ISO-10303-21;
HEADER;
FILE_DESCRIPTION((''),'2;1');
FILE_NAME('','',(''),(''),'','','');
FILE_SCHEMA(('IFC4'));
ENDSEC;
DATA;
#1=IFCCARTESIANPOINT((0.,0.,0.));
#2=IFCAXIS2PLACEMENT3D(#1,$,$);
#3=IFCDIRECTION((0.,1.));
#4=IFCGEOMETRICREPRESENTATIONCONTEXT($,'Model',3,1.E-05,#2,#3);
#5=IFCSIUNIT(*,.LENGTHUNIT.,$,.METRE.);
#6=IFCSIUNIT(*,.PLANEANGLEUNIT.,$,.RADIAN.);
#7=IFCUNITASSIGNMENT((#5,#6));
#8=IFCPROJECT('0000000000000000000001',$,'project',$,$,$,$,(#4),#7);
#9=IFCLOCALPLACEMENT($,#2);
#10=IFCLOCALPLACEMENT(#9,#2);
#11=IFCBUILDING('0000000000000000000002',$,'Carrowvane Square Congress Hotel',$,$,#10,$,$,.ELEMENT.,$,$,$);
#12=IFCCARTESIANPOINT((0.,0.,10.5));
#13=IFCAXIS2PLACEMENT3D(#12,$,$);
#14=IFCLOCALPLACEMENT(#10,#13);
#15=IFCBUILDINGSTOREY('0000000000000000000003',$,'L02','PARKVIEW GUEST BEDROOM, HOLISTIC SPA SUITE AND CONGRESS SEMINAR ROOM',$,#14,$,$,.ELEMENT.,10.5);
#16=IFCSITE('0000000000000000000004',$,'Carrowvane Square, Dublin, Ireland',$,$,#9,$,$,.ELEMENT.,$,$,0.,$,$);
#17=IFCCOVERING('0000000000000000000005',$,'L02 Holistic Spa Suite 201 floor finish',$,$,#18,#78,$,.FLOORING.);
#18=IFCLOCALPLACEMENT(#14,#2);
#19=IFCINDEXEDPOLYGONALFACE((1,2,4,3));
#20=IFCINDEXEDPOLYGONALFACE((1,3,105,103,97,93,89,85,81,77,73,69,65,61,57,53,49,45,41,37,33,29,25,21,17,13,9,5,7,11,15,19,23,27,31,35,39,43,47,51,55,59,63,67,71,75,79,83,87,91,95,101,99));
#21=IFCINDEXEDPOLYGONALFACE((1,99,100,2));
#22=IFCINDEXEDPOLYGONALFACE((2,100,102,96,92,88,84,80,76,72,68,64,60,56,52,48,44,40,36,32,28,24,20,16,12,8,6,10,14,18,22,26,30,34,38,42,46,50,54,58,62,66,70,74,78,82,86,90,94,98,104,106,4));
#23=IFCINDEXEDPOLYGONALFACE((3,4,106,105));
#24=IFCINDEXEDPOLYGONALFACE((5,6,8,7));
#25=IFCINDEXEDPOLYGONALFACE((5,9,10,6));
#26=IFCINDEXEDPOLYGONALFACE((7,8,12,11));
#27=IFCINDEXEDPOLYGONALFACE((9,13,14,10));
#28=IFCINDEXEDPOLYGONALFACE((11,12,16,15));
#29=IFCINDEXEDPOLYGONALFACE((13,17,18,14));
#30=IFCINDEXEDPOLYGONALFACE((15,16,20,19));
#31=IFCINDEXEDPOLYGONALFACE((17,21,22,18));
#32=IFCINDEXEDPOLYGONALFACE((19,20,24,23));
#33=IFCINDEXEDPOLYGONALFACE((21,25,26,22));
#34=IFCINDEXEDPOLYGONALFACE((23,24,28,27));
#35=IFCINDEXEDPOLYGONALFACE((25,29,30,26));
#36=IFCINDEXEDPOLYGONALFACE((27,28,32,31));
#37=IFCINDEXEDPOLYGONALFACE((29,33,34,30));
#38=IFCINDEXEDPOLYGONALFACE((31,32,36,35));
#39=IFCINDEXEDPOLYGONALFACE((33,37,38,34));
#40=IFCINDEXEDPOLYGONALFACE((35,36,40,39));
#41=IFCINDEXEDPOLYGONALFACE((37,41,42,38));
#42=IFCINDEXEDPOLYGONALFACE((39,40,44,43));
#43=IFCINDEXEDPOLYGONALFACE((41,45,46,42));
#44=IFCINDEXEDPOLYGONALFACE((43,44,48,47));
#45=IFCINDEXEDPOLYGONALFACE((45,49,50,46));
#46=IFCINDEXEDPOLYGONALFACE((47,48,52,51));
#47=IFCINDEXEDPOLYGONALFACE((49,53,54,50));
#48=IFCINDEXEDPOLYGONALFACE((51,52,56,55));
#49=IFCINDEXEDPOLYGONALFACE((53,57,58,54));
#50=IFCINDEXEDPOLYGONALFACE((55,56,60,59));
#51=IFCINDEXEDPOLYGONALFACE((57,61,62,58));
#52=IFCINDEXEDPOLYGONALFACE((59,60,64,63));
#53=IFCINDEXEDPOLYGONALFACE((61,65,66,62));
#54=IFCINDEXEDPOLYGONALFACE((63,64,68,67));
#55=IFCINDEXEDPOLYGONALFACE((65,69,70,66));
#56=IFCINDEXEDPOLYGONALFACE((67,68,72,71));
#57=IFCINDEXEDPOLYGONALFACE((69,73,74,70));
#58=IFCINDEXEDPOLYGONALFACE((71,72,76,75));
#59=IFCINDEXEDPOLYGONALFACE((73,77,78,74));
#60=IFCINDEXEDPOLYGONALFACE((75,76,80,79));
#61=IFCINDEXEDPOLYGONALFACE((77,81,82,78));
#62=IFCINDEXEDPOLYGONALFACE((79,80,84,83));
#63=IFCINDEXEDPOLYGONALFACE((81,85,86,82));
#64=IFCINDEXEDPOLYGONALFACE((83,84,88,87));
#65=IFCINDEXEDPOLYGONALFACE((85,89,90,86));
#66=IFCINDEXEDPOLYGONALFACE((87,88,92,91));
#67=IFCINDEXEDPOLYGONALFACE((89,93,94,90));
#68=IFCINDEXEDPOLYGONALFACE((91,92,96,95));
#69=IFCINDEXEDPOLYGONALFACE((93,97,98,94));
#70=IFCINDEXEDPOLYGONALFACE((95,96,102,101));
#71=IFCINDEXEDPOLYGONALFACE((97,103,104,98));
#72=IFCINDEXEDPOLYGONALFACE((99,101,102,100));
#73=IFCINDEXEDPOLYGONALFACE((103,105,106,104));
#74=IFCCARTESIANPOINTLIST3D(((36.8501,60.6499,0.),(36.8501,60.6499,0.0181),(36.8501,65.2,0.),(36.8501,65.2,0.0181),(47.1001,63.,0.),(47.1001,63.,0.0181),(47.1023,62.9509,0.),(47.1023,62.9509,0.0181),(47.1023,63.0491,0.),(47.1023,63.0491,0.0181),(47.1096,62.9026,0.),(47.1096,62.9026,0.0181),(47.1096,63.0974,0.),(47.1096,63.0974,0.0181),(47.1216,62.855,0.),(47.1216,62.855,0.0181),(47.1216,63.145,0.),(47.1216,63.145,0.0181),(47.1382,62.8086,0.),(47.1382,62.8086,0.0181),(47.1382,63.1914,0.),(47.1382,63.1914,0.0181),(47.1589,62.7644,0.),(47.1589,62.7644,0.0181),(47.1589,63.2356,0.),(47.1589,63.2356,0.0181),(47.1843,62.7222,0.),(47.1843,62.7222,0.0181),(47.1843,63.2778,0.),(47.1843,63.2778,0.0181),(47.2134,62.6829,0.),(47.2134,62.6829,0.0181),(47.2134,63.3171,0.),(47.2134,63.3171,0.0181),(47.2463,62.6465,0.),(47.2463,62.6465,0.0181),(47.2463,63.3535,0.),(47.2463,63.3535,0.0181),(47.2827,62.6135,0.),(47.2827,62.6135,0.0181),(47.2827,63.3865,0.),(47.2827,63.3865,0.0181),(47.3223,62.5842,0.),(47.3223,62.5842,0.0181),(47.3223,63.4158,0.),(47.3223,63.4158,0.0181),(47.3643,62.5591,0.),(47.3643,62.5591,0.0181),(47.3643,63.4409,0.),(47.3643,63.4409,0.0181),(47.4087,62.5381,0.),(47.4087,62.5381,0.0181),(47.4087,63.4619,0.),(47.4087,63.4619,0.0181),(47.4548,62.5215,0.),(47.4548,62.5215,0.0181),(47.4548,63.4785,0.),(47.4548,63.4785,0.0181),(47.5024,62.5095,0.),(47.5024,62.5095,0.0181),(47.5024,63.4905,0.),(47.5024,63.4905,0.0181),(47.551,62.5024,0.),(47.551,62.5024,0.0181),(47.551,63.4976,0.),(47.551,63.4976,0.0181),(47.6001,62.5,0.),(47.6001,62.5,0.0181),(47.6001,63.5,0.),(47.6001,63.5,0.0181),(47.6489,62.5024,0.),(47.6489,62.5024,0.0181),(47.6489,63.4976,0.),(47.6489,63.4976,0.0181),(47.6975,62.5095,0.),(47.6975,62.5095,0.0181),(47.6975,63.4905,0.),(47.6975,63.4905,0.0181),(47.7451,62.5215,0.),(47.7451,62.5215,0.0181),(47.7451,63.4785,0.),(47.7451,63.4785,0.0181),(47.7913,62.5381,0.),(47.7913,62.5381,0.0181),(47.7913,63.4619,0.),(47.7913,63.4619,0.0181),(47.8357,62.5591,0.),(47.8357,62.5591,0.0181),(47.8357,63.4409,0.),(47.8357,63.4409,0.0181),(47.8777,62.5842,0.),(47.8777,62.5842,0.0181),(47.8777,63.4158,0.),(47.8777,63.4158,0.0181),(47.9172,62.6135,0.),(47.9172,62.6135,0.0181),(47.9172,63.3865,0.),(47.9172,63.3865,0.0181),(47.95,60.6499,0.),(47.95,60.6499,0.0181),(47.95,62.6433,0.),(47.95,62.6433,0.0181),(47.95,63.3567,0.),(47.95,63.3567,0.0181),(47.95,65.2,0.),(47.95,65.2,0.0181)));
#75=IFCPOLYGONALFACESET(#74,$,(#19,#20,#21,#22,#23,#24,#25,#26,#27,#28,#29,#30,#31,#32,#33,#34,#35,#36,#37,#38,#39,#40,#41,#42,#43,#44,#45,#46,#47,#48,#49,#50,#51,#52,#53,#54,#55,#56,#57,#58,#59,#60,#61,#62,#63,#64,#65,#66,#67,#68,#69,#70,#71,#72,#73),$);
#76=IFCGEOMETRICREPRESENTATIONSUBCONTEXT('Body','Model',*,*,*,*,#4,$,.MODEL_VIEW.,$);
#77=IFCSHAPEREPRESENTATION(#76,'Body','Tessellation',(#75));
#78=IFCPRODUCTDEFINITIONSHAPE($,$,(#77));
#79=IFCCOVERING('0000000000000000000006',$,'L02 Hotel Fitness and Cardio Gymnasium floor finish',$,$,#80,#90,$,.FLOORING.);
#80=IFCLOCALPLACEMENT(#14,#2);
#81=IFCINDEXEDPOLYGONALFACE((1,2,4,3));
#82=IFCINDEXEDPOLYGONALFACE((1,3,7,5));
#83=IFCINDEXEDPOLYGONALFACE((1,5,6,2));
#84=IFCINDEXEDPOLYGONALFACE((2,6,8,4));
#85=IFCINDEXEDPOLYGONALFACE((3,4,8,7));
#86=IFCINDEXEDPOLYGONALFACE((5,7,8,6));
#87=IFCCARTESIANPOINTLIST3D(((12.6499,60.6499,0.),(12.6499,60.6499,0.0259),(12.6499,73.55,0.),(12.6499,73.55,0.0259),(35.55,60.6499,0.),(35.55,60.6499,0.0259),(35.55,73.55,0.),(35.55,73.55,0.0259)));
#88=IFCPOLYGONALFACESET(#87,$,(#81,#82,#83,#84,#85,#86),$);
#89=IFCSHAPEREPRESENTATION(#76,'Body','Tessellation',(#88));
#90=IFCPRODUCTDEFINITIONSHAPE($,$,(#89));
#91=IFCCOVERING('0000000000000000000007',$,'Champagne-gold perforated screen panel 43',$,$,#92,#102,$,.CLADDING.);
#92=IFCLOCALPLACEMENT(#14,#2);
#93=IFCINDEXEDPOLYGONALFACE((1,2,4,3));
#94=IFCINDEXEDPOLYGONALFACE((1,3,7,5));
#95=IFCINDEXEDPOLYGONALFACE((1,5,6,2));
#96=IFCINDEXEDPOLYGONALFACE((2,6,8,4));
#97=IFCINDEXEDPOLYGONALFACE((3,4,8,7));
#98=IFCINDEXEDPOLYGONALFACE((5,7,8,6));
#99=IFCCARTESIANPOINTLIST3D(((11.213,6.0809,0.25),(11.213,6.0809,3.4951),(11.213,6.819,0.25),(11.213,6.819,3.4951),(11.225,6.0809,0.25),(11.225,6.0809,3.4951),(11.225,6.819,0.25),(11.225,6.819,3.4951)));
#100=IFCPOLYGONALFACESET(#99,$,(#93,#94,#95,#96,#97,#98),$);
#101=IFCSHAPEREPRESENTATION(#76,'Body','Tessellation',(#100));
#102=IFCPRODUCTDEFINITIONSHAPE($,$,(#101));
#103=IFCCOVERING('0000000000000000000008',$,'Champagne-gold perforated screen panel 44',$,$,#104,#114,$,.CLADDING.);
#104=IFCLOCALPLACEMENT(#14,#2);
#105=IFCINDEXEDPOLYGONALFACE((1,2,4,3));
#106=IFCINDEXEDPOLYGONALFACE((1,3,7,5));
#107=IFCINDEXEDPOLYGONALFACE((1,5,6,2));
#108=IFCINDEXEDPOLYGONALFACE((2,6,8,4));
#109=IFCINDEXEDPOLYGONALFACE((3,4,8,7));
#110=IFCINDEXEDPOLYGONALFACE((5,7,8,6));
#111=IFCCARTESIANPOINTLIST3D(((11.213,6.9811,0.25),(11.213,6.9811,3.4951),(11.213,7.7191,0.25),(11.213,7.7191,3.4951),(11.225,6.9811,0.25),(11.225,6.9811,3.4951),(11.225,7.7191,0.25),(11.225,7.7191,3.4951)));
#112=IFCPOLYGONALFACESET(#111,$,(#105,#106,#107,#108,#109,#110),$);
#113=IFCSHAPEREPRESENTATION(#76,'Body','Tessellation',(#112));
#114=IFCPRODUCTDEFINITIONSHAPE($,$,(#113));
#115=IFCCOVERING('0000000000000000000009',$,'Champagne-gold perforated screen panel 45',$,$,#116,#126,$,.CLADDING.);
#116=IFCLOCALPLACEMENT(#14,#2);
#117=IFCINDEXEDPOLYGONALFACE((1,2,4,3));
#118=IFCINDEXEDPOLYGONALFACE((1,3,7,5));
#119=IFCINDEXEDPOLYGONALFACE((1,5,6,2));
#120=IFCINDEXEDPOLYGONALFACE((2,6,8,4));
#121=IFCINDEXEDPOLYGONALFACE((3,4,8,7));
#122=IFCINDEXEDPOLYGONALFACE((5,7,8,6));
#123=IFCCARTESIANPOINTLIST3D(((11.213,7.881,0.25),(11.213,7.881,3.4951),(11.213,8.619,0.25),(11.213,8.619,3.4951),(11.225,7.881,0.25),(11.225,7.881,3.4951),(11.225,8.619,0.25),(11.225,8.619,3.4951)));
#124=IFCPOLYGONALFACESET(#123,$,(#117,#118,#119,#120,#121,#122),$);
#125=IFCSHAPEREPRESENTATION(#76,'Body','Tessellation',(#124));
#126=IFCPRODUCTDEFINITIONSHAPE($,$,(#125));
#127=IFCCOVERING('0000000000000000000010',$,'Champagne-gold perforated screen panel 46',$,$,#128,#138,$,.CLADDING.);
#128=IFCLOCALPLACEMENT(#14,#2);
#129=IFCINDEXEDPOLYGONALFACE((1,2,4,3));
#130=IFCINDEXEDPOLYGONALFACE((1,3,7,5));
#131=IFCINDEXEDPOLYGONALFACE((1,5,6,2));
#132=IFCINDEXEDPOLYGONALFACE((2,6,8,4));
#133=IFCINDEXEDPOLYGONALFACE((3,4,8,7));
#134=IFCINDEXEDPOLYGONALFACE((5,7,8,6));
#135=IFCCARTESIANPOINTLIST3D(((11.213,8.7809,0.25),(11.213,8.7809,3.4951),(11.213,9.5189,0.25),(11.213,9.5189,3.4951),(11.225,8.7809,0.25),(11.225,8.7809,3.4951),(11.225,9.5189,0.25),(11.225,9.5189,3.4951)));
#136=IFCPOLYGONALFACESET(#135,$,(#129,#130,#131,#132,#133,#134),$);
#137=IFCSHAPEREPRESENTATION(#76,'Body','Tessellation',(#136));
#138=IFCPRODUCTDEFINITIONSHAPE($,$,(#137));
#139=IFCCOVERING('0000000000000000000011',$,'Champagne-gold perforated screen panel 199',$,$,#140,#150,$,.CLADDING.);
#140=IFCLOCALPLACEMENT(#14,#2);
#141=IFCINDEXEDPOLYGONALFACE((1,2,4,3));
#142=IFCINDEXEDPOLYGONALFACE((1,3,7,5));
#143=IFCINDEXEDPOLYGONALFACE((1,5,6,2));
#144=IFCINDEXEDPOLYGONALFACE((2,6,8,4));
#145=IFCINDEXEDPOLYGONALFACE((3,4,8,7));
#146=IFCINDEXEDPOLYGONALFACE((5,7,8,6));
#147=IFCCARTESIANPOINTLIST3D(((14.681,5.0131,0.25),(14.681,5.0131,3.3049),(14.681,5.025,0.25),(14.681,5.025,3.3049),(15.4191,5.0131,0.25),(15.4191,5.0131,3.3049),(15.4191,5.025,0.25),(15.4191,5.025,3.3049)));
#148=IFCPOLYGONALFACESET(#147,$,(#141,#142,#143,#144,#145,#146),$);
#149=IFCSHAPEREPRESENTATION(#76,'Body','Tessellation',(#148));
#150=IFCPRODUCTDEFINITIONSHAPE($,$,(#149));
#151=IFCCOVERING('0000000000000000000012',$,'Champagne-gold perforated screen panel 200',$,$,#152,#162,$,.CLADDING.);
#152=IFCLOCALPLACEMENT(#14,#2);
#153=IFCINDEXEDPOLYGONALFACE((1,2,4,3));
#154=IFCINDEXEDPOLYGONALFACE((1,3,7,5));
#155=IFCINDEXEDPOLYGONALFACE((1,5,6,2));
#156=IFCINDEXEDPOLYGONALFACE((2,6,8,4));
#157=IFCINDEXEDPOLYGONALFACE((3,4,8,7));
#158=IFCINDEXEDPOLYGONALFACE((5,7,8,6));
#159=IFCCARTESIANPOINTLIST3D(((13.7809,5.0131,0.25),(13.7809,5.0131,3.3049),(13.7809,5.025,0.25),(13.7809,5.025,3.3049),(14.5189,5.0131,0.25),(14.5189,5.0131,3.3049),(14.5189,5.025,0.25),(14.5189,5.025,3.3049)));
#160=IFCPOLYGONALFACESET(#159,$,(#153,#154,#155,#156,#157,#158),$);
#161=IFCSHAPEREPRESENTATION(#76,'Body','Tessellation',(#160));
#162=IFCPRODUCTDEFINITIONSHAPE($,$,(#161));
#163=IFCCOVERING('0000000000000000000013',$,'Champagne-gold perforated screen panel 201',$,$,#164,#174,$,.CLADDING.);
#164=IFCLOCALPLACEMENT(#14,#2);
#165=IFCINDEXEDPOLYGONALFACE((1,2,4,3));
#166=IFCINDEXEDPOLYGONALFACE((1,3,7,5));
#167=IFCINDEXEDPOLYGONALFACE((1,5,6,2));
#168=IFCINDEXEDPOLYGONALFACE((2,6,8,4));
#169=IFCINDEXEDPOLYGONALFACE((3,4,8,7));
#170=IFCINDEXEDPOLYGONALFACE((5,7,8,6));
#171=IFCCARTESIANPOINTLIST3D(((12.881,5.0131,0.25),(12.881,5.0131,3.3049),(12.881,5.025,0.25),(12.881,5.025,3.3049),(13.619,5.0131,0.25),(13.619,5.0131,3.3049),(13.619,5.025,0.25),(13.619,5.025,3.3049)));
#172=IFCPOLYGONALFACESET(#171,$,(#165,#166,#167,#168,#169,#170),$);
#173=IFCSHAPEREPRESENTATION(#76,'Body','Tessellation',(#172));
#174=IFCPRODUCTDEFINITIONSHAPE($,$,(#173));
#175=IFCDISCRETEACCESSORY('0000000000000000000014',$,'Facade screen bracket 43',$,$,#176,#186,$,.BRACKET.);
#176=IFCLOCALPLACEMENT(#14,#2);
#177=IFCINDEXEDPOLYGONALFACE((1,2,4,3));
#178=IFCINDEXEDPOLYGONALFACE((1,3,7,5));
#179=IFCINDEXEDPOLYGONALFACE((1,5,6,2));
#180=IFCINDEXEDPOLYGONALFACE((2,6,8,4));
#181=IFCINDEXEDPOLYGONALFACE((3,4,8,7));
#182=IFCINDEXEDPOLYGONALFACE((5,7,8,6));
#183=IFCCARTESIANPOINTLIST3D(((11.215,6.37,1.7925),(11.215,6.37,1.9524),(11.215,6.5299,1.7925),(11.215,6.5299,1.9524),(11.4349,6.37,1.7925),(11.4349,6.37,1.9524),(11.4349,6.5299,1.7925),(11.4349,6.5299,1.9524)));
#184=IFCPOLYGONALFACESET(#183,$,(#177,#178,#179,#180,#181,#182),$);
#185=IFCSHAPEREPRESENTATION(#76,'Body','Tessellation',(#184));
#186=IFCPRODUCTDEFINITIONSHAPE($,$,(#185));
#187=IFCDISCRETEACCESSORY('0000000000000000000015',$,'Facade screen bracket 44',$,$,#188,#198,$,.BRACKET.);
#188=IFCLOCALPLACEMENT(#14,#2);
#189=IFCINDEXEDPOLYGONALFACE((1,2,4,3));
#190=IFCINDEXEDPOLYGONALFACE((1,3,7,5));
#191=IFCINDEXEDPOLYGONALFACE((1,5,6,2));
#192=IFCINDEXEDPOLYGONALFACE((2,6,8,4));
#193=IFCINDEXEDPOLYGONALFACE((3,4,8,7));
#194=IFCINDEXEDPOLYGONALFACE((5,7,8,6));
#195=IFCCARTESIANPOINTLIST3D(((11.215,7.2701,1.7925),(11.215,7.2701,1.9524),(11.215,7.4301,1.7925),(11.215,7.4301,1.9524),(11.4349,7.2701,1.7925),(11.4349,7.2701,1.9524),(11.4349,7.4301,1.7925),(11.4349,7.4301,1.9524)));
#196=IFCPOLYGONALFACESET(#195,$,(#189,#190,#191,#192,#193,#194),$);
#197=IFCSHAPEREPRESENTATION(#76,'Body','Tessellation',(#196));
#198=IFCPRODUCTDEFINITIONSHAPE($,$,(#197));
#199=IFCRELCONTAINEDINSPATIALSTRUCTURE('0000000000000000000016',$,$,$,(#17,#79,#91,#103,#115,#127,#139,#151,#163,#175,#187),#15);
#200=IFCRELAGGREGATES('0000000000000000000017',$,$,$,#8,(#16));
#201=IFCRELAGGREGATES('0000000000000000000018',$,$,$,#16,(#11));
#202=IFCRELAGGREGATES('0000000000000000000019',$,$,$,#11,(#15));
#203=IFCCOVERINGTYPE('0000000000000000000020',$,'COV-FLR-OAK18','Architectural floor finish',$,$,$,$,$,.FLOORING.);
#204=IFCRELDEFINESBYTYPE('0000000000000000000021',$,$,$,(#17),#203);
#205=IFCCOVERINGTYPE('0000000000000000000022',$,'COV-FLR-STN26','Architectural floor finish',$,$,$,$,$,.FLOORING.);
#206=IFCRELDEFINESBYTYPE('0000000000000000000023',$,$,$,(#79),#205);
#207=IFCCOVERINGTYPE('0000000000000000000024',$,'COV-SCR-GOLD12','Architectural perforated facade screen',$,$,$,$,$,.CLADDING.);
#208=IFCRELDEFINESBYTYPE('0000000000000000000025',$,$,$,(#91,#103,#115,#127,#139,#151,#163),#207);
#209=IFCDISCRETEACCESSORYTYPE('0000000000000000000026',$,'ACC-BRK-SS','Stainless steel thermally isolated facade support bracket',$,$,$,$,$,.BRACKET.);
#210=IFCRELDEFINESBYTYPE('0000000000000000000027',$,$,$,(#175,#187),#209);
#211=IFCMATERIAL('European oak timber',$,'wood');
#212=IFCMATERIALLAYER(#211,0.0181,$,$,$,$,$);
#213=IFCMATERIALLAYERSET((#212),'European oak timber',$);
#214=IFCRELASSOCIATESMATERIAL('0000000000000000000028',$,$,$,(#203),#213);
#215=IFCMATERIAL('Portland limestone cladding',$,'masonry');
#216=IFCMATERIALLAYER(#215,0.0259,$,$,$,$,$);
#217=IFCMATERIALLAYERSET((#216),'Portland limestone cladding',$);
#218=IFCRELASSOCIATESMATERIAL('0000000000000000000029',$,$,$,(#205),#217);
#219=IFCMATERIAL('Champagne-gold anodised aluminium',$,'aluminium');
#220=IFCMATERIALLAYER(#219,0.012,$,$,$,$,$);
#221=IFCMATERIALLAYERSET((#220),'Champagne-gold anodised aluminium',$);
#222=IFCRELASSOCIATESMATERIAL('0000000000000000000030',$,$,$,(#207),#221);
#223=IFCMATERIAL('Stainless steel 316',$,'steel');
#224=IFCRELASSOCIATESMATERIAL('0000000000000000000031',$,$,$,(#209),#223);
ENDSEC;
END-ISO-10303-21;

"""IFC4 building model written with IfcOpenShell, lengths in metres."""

from ifc_helpers import new_model, si_unit, direction, frame, origin, origin_2d, place, context, subcontext, project, spatial, polyline, rectangle, outline, extrude, material, layer, layer_set, type_object, element, save


model = new_model("IFC4")

# Units and contexts
model_context = context("Model", 3, precision=1e-05, world=origin(), true_north=direction((0.0, 1.0)))
body_context = subcontext(model_context, "Body", "Model", "MODEL_VIEW")
ifc_project = project(units=[si_unit("LENGTHUNIT", "METRE"), si_unit("PLANEANGLEUNIT", "RADIAN")], contexts=[model_context])

# Site, building, storey
site_placement = place(None, origin())
site = spatial("IfcSite", under=ifc_project, at=site_placement, Name="Carrowvane Square, Dublin, Ireland", CompositionType="ELEMENT", RefElevation=0.0)
building_placement = place(site_placement, origin())
building = spatial("IfcBuilding", under=site, at=building_placement, Name="Carrowvane Square Congress Hotel", CompositionType="ELEMENT")
storey_placement = place(building_placement, frame((0.0, 0.0, 10.5)))
storey = spatial("IfcBuildingStorey", under=building, at=storey_placement, Name="L02", Description="PARKVIEW GUEST BEDROOM, HOLISTIC SPA SUITE AND CONGRESS SEMINAR ROOM", CompositionType="ELEMENT", Elevation=10.5)

# Coverings
ifc_material_1 = material(Name="European oak timber", Category="wood")
ifc_layer_1 = layer(ifc_material_1, 0.0181)
ifc_layer_set_1 = layer_set([ifc_layer_1], Name="European oak timber")
covering_type_1 = type_object("IfcCoveringType", Name="COV-FLR-OAK18", Description="Architectural floor finish", PredefinedType="FLOORING", material=ifc_layer_set_1)
covering_1_placement = place(storey_placement, origin())
element("IfcCovering", 1, at=covering_1_placement, inside=storey, type_object=covering_type_1, Name="L02 Holistic Spa Suite 201 floor finish", PredefinedType="FLOORING", context=body_context, shape_type="SweptSolid", body=[
    extrude(outline(polyline([(47.6489, 62.5024), (47.6975, 62.5095), (47.7451, 62.5215), (47.7913, 62.5381), (47.8357, 62.5591), (47.8777, 62.5842), (47.9172, 62.6135), (47.95, 62.6433), (47.95, 60.6499), (36.8501, 60.6499), (36.8501, 65.2), (47.95, 65.2), (47.95, 63.3567), (47.9172, 63.3865), (47.8777, 63.4158), (47.8357, 63.4409), (47.7913, 63.4619), (47.7451, 63.4785), (47.6975, 63.4905), (47.6489, 63.4976), (47.6001, 63.5), (47.551, 63.4976), (47.5024, 63.4905), (47.4548, 63.4785), (47.4087, 63.4619), (47.3643, 63.4409), (47.3223, 63.4158), (47.2827, 63.3865), (47.2463, 63.3535), (47.2134, 63.3171), (47.1843, 63.2778), (47.1589, 63.2356), (47.1382, 63.1914), (47.1216, 63.145), (47.1096, 63.0974), (47.1023, 63.0491), (47.1001, 63.0), (47.1023, 62.9509), (47.1096, 62.9026), (47.1216, 62.855), (47.1382, 62.8086), (47.1589, 62.7644), (47.1843, 62.7222), (47.2134, 62.6829), (47.2463, 62.6465), (47.2827, 62.6135), (47.3223, 62.5842), (47.3643, 62.5591), (47.4087, 62.5381), (47.4548, 62.5215), (47.5024, 62.5095), (47.551, 62.5024), (47.6001, 62.5), (47.6489, 62.5024)])), origin(), (0.0, 0.0, 1.0), 0.0181),
])
ifc_material_2 = material(Name="Portland limestone cladding", Category="masonry")
ifc_layer_2 = layer(ifc_material_2, 0.0259)
ifc_layer_set_2 = layer_set([ifc_layer_2], Name="Portland limestone cladding")
covering_type_2 = type_object("IfcCoveringType", Name="COV-FLR-STN26", Description="Architectural floor finish", PredefinedType="FLOORING", material=ifc_layer_set_2)
covering_2_placement = place(storey_placement, origin())
element("IfcCovering", 2, at=covering_2_placement, inside=storey, type_object=covering_type_2, Name="L02 Hotel Fitness and Cardio Gymnasium floor finish", PredefinedType="FLOORING", context=body_context, shape_type="SweptSolid", body=[
    extrude(outline(polyline([(35.55, 60.6499), (12.6499, 60.6499), (12.6499, 73.55), (35.55, 73.55), (35.55, 60.6499)])), origin(), (0.0, 0.0, 1.0), 0.0259),
])
ifc_material_3 = material(Name="Champagne-gold anodised aluminium", Category="aluminium")
ifc_layer_3 = layer(ifc_material_3, 0.012)
ifc_layer_set_3 = layer_set([ifc_layer_3], Name="Champagne-gold anodised aluminium")
covering_type_3 = type_object("IfcCoveringType", Name="COV-SCR-GOLD12", Description="Architectural perforated facade screen", PredefinedType="CLADDING", material=ifc_layer_set_3)
for number, where, z_axis, x_axis, name in (
    (3, (11.219, 6.45, 0.25), (0.0, 0.0, 1.0), (0.0, 1.0, 0.0), "Champagne-gold perforated screen panel 43"),
    (4, (11.219, 7.3501, 0.25), (0.0, 0.0, 1.0), (0.0, 1.0, 0.0), "Champagne-gold perforated screen panel 44"),
    (5, (11.219, 8.25, 0.25), (0.0, 0.0, 1.0), (0.0, 1.0, 0.0), "Champagne-gold perforated screen panel 45"),
    (6, (11.219, 9.1499, 0.25), (0.0, 0.0, 1.0), (0.0, 1.0, 0.0), "Champagne-gold perforated screen panel 46"),
):
    element("IfcCovering", number, at=place(storey_placement, frame(where, z_axis=z_axis, x_axis=x_axis)), inside=storey, type_object=covering_type_3, Name=name, PredefinedType="CLADDING", context=body_context, shape_type="SweptSolid", body=[
        extrude(rectangle(XDim=0.738, YDim=0.012, at=origin_2d()), origin(), (0.0, 0.0, 1.0), 3.2451),
    ])
for number, where, z_axis, x_axis, name in (
    (7, (15.05, 5.019, 0.25), (0.0, 0.0, 1.0), (-1.0, 0.0, 0.0), "Champagne-gold perforated screen panel 199"),
    (8, (14.1499, 5.019, 0.25), (0.0, 0.0, 1.0), (-1.0, 0.0, 0.0), "Champagne-gold perforated screen panel 200"),
    (9, (13.25, 5.019, 0.25), (0.0, 0.0, 1.0), (-1.0, 0.0, 0.0), "Champagne-gold perforated screen panel 201"),
):
    element("IfcCovering", number, at=place(storey_placement, frame(where, z_axis=z_axis, x_axis=x_axis)), inside=storey, type_object=covering_type_3, Name=name, PredefinedType="CLADDING", context=body_context, shape_type="SweptSolid", body=[
        extrude(rectangle(XDim=0.738, YDim=0.012, at=origin_2d()), origin(), (0.0, 0.0, 1.0), 3.0549),
    ])

# Discrete accessories
ifc_material_4 = material(Name="Stainless steel 316", Category="steel")
discrete_accessory_type = type_object("IfcDiscreteAccessoryType", Name="ACC-BRK-SS", Description="Stainless steel thermally isolated facade support bracket", PredefinedType="BRACKET", material=ifc_material_4)
for number, where, z_axis, x_axis, name in (
    (10, (11.325, 6.45, 1.7925), (0.0, 0.0, 1.0), (0.0, 1.0, 0.0), "Facade screen bracket 43"),
    (11, (11.325, 7.3501, 1.7925), (0.0, 0.0, 1.0), (0.0, 1.0, 0.0), "Facade screen bracket 44"),
):
    element("IfcDiscreteAccessory", number, at=place(storey_placement, frame(where, z_axis=z_axis, x_axis=x_axis)), inside=storey, type_object=discrete_accessory_type, Name=name, PredefinedType="BRACKET", context=body_context, shape_type="SweptSolid", body=[
        extrude(rectangle(XDim=0.1599, YDim=0.22, at=origin_2d()), origin(), (0.0, 0.0, 1.0), 0.1599),
    ])

save(model, "model.ifc")
